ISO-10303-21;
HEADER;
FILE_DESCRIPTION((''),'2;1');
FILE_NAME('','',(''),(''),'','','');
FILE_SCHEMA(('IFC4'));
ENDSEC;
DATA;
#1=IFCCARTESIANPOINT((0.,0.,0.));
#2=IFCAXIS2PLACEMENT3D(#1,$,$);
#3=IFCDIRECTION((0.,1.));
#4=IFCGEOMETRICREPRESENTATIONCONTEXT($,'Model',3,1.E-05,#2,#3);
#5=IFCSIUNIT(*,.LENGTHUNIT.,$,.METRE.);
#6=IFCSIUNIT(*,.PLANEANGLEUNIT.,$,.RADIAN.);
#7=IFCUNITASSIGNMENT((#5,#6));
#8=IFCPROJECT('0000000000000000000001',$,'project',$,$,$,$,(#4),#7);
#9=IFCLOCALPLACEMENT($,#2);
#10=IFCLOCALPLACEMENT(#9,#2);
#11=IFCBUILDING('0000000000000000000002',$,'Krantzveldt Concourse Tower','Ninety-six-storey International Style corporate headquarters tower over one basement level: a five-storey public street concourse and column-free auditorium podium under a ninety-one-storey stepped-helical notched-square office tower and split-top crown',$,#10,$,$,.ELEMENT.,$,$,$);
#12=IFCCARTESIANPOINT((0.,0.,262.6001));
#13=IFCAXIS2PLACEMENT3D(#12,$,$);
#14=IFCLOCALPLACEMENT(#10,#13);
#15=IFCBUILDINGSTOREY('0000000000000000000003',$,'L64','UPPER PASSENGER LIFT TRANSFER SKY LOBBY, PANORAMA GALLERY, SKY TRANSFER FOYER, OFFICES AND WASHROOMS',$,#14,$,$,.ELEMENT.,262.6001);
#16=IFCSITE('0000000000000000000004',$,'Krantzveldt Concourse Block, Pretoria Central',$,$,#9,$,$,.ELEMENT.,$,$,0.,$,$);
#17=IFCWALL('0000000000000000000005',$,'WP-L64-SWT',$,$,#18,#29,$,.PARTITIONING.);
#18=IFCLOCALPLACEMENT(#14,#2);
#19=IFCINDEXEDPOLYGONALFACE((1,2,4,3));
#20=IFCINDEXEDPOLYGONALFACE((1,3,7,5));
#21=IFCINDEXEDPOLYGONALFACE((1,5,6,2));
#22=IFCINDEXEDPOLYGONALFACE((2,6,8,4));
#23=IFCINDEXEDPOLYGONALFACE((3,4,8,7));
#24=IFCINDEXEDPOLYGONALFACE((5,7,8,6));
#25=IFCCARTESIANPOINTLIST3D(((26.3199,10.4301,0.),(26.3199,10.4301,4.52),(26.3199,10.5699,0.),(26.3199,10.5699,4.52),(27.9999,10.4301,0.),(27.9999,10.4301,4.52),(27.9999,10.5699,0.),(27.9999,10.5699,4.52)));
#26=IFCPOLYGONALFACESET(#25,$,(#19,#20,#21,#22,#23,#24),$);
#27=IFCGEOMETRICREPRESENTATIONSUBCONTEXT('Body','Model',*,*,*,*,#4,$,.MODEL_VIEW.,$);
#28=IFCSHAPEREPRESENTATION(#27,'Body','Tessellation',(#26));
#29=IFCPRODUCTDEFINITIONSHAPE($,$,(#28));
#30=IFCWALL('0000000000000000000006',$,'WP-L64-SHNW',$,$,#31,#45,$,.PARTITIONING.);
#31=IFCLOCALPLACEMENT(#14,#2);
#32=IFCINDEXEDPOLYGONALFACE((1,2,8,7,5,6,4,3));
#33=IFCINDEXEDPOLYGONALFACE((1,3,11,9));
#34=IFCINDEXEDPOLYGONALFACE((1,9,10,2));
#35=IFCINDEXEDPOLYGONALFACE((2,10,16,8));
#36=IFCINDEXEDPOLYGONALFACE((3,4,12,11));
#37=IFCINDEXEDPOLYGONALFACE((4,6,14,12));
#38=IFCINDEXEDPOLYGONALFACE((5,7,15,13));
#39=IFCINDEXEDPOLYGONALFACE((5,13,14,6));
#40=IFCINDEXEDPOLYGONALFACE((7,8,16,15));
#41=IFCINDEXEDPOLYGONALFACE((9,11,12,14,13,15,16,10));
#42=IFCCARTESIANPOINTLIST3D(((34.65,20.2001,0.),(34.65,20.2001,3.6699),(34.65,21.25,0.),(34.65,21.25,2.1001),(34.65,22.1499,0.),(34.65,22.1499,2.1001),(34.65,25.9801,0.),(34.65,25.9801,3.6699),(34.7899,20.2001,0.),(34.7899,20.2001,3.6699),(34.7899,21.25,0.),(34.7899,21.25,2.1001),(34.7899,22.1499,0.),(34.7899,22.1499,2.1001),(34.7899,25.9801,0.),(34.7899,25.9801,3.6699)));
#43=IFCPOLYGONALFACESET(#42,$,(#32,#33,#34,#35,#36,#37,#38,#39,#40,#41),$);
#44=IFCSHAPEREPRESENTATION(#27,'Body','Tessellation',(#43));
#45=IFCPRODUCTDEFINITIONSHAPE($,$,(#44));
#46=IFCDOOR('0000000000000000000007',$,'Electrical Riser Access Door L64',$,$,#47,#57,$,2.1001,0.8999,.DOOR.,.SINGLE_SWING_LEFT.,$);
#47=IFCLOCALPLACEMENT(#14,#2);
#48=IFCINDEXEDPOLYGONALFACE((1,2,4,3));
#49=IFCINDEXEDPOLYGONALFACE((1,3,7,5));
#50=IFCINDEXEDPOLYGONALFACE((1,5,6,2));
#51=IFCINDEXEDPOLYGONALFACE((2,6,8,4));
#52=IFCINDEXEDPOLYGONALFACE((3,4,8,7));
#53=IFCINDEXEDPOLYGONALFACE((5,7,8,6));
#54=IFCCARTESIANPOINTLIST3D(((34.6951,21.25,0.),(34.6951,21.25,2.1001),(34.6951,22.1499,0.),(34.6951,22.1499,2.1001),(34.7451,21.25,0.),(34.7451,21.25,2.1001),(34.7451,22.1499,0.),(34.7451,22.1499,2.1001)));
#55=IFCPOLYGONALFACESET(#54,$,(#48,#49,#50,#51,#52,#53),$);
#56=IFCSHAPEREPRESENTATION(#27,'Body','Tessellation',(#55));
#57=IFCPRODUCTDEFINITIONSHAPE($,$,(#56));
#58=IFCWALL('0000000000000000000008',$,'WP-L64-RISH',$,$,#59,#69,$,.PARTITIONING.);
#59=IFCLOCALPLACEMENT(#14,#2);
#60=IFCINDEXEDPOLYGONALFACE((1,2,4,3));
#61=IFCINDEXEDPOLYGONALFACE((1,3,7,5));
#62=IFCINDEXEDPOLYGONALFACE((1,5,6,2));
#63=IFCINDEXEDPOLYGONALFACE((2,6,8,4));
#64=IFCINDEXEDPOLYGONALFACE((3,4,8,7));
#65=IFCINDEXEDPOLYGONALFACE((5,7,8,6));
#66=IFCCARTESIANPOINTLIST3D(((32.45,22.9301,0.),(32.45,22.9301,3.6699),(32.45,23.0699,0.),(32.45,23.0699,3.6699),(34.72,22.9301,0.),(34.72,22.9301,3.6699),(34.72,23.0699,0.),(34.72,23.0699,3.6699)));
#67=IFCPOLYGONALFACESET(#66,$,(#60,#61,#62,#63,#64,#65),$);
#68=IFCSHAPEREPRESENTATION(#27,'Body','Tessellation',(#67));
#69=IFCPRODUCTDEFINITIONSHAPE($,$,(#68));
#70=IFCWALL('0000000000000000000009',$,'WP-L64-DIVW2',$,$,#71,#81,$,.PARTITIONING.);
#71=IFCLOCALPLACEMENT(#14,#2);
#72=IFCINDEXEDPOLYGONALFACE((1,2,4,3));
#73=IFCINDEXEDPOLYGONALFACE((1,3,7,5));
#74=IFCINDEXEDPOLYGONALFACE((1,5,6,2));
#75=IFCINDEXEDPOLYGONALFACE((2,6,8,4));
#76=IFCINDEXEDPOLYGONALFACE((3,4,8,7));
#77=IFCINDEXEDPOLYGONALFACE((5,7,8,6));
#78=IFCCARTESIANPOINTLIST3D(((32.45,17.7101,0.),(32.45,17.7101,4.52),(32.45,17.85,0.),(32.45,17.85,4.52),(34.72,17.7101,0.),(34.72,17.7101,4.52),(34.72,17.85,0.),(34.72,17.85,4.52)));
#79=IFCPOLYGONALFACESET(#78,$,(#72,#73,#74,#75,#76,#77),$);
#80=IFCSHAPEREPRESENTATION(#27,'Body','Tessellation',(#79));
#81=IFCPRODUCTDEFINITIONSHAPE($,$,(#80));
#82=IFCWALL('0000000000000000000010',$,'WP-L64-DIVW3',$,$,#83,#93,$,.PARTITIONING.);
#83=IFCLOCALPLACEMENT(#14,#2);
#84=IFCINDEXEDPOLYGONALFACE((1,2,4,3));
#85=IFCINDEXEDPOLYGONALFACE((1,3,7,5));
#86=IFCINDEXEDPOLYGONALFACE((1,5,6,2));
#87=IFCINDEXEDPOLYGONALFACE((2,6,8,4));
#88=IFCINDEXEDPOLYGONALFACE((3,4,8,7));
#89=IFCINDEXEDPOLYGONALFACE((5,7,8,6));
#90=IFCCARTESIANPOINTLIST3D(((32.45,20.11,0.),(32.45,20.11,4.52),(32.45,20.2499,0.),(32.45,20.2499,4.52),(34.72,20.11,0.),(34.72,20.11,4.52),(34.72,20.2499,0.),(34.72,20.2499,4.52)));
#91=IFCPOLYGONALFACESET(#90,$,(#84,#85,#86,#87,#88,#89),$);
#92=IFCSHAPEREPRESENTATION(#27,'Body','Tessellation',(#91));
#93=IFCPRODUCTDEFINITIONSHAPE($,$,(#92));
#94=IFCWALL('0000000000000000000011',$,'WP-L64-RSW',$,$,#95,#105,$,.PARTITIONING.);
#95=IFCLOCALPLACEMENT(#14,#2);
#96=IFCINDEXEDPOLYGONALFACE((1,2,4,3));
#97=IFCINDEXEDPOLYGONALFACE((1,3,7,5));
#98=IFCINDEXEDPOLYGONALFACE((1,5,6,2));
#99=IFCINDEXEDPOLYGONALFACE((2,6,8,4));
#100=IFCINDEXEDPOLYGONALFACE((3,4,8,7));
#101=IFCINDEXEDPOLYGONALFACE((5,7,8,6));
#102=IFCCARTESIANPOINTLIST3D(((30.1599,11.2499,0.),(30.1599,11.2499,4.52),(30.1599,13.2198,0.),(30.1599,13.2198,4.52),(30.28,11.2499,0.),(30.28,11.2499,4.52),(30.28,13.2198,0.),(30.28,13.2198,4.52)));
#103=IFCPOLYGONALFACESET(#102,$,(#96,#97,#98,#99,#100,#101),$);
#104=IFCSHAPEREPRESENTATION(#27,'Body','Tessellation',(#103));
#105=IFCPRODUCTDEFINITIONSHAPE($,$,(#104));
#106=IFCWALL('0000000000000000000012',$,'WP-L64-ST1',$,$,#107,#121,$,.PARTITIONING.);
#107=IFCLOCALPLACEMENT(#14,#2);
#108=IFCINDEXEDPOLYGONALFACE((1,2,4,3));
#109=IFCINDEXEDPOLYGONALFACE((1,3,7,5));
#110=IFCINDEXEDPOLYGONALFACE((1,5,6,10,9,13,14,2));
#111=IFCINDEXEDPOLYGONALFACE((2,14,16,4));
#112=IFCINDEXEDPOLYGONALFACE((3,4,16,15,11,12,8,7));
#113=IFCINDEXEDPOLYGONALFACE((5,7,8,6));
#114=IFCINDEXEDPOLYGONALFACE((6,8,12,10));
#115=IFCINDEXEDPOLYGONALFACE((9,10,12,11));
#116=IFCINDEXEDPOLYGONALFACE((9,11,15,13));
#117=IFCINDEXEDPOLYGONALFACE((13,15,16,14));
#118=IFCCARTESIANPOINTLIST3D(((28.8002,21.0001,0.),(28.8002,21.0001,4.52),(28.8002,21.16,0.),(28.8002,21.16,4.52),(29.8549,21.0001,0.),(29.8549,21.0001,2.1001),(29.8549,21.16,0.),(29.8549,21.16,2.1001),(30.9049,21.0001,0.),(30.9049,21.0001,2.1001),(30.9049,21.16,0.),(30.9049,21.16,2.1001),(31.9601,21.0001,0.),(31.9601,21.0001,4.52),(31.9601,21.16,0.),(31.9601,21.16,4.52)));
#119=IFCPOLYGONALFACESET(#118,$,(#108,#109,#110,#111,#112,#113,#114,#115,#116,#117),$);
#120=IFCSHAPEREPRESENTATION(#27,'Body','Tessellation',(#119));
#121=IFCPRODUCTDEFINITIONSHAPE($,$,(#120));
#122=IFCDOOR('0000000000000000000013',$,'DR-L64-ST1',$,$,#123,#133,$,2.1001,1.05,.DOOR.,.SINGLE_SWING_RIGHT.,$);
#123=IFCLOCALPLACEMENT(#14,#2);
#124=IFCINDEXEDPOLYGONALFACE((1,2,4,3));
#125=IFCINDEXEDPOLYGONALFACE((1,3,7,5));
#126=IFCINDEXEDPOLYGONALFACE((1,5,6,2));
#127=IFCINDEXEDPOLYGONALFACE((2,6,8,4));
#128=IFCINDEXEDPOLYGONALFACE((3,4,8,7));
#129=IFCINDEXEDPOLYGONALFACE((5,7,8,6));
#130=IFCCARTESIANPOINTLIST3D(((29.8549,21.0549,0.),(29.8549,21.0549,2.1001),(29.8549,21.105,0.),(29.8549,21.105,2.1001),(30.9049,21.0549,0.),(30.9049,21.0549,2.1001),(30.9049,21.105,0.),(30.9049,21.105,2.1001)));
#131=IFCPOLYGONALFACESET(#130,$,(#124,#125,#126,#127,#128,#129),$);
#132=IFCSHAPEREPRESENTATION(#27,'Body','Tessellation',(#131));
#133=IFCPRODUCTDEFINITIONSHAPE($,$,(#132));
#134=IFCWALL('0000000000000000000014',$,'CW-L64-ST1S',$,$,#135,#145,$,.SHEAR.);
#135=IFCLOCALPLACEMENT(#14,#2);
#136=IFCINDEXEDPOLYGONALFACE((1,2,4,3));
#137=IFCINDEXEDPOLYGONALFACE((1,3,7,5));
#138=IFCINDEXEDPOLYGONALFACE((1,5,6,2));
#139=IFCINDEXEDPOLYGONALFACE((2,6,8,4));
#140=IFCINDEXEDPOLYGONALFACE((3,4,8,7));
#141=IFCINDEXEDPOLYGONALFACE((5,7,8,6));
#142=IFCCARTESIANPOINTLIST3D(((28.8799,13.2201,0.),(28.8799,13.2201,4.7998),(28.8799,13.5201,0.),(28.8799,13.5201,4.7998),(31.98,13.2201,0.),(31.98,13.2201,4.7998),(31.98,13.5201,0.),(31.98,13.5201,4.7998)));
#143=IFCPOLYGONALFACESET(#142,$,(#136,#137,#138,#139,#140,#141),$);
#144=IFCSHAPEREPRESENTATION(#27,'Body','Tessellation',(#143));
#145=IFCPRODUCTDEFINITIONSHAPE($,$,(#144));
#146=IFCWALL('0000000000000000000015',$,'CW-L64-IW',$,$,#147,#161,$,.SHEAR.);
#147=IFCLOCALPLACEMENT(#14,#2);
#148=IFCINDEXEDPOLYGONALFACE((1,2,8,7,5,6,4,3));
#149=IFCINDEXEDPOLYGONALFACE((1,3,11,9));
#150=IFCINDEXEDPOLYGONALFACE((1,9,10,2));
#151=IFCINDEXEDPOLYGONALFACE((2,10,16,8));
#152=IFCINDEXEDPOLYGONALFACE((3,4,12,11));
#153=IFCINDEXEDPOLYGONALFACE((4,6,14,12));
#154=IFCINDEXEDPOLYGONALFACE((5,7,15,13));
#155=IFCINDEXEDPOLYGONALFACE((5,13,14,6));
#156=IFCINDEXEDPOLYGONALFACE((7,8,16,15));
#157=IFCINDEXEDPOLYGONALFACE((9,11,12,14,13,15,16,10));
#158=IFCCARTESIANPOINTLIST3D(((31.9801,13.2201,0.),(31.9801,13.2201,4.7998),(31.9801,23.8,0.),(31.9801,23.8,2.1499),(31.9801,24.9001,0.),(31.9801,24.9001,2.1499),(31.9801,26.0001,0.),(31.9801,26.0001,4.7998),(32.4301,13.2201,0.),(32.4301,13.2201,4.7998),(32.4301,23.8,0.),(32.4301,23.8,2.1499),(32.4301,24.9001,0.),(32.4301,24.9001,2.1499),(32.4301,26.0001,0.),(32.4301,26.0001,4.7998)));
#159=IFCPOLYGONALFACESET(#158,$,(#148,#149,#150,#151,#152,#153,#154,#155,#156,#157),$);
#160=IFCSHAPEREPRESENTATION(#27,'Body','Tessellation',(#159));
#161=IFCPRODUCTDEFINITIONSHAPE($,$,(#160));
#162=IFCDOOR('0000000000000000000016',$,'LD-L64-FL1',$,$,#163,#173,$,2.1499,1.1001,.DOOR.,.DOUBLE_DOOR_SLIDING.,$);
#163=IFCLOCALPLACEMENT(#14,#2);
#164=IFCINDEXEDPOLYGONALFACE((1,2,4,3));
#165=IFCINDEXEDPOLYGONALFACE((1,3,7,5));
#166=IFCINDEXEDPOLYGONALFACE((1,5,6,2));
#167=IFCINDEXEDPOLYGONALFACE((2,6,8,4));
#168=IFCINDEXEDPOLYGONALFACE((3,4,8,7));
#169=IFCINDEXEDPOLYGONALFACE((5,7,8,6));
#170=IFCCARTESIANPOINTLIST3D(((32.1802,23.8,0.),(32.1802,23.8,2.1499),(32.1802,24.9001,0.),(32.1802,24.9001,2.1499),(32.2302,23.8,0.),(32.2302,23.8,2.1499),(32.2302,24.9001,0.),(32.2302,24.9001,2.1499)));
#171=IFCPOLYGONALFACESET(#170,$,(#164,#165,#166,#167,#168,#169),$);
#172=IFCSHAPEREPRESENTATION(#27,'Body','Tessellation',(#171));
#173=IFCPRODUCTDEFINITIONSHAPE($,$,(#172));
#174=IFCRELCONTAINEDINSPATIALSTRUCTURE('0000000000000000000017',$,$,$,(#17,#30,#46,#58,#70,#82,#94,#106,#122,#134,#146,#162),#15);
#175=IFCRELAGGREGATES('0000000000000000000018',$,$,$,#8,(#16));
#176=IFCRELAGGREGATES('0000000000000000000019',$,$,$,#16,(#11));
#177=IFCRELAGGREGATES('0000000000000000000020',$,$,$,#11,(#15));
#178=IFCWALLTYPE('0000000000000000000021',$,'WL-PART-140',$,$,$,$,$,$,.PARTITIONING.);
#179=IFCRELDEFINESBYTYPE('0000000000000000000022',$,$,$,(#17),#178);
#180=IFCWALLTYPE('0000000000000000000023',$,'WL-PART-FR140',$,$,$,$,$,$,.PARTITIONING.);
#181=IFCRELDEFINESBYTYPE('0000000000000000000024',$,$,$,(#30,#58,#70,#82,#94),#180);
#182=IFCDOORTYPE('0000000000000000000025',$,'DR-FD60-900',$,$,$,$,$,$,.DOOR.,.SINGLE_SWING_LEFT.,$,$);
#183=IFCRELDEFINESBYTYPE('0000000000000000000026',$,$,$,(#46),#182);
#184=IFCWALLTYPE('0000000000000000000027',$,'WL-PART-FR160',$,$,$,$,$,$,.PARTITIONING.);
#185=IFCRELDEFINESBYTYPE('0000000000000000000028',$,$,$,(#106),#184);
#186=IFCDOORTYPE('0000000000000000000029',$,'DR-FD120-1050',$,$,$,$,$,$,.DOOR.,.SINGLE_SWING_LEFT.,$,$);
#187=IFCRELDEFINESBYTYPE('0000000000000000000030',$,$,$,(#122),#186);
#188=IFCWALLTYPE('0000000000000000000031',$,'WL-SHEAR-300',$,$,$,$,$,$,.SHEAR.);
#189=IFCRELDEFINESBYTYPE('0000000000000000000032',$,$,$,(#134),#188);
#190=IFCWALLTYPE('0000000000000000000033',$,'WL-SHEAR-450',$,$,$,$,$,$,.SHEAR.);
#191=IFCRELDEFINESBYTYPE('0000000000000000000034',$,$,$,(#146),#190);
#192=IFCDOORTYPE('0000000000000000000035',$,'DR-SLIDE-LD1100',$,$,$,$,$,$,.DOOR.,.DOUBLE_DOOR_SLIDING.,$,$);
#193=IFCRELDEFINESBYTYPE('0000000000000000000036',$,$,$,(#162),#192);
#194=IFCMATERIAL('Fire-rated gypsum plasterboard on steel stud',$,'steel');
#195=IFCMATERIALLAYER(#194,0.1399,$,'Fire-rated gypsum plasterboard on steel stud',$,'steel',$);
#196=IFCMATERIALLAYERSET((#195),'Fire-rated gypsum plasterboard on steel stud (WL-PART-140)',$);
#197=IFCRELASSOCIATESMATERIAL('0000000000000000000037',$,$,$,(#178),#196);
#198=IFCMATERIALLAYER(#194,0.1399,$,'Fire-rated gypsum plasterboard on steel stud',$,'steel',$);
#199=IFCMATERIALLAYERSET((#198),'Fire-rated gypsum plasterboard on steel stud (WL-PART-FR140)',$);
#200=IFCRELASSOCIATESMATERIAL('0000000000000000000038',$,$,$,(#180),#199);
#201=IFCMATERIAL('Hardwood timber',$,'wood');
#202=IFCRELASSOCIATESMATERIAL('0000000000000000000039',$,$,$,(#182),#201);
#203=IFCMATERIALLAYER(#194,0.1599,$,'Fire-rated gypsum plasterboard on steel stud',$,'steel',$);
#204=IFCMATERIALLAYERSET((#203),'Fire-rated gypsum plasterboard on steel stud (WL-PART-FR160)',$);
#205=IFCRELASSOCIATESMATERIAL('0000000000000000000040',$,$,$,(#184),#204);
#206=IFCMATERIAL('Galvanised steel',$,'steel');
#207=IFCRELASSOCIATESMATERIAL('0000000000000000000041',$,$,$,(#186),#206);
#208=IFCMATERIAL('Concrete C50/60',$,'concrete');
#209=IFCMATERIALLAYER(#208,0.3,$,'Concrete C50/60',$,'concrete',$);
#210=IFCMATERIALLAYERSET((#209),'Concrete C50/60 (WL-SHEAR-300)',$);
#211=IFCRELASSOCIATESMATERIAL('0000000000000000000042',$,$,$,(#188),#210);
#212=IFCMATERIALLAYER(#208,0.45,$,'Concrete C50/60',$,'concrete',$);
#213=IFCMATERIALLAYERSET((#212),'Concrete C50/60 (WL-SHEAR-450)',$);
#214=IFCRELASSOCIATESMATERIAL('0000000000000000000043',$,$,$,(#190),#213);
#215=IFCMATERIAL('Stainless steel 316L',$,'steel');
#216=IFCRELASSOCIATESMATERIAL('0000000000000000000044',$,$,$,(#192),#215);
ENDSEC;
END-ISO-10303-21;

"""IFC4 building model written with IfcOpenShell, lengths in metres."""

from ifc_helpers import new_model, si_unit, direction, frame, frame_2d, origin, place, context, subcontext, project, spatial, rectangle, extrude, material, layer, layer_set, type_object, element, fill, save


model = new_model("IFC4")

# Units and contexts
model_context = context("Model", 3, precision=1e-05, world=origin(), true_north=direction((0.0, 1.0)))
body_context = subcontext(model_context, "Body", "Model", "MODEL_VIEW")
ifc_project = project(units=[si_unit("LENGTHUNIT", "METRE"), si_unit("PLANEANGLEUNIT", "RADIAN")], contexts=[model_context])

# Site, building, storey
site_placement = place(None, origin())
site = spatial("IfcSite", under=ifc_project, at=site_placement, Name="Krantzveldt Concourse Block, Pretoria Central", CompositionType="ELEMENT", RefElevation=0.0)
building_placement = place(site_placement, origin())
building = spatial("IfcBuilding", under=site, at=building_placement, Name="Krantzveldt Concourse Tower", Description="Ninety-six-storey International Style corporate headquarters tower over one basement level: a five-storey public street concourse and column-free auditorium podium under a ninety-one-storey stepped-helical notched-square office tower and split-top crown", CompositionType="ELEMENT")
storey_placement = place(building_placement, frame((0.0, 0.0, 262.6001)))
storey = spatial("IfcBuildingStorey", under=building, at=storey_placement, Name="L64", Description="UPPER PASSENGER LIFT TRANSFER SKY LOBBY, PANORAMA GALLERY, SKY TRANSFER FOYER, OFFICES AND WASHROOMS", CompositionType="ELEMENT", Elevation=262.6001)

# Shared definitions
ifc_material_1 = material(Name="Concrete C50/60", Category="concrete")

# Shared definitions
ifc_material_2 = material(Name="Fire-rated gypsum plasterboard on steel stud", Category="steel")
ifc_material_3 = material(Name="Hardwood timber", Category="wood")
ifc_layer_1 = layer(ifc_material_2, 0.1399, Name="Fire-rated gypsum plasterboard on steel stud", Category="steel")
ifc_layer_set_1 = layer_set([ifc_layer_1], Name="Fire-rated gypsum plasterboard on steel stud (WL-PART-140)")
wall_type_1 = type_object("IfcWallType", Name="WL-PART-140", PredefinedType="PARTITIONING", material=ifc_layer_set_1)

# Wall
wall_1_placement = place(storey_placement, frame((26.3201, 10.5, 0.0), z_axis=(0.0, 0.0, 1.0), x_axis=(1.0, 0.0, 0.0)))
element("IfcWall", 1, at=wall_1_placement, inside=storey, type_object=wall_type_1, Name="WP-L64-SWT", PredefinedType="PARTITIONING", context=body_context, shape_type="SweptSolid", body=[
    extrude(rectangle(XDim=1.6799, YDim=0.1399, at=frame_2d((0.8398, 0.0))), origin(), (0.0, 0.0, 1.0), 4.52),
])

# Wall, opening, door
ifc_layer_2 = layer(ifc_material_2, 0.1399, Name="Fire-rated gypsum plasterboard on steel stud", Category="steel")
ifc_layer_set_2 = layer_set([ifc_layer_2], Name="Fire-rated gypsum plasterboard on steel stud (WL-PART-FR140)")
wall_type_2 = type_object("IfcWallType", Name="WL-PART-FR140", PredefinedType="PARTITIONING", material=ifc_layer_set_2)
wall_2_placement = place(storey_placement, frame((34.72, 20.2, 0.0), z_axis=(0.0, 0.0, 1.0), x_axis=(0.0, 1.0, 0.0)))
wall_2 = element("IfcWall", 2, at=wall_2_placement, inside=storey, type_object=wall_type_2, Name="WP-L64-SHNW", PredefinedType="PARTITIONING", context=body_context, shape_type="SweptSolid", body=[
    extrude(rectangle(XDim=5.78, YDim=0.1399, at=frame_2d((2.8901, 0.0))), origin(), (0.0, 0.0, 1.0), 3.6699),
])
opening_1_placement = place(wall_2_placement, frame((1.05, 0.0, 0.0)))
opening_1 = element("IfcOpeningElement", 3, at=opening_1_placement, cuts=wall_2, PredefinedType="OPENING", context=body_context, shape_type="SweptSolid", body=[
    extrude(rectangle(XDim=0.8999, YDim=2.1001, at=frame_2d((0.45, 1.05))), frame((0.0, 0.0801, 0.0), z_axis=(0.0, -1.0, 0.0), x_axis=(1.0, 0.0, 0.0)), (0.0, 0.0, 1.0), 0.1599),
])
door_type_1 = type_object("IfcDoorType", Name="DR-FD60-900", OperationType="SINGLE_SWING_LEFT", PredefinedType="DOOR", material=ifc_material_3)
door_1_placement = place(opening_1_placement, origin())
door_1 = element("IfcDoor", 4, at=door_1_placement, inside=storey, type_object=door_type_1, Name="Electrical Riser Access Door L64", OperationType="SINGLE_SWING_LEFT", OverallHeight=2.1001, OverallWidth=0.8999, PredefinedType="DOOR", context=body_context, shape_type="SweptSolid", body=[
    extrude(rectangle(XDim=0.8999, YDim=2.1001, at=frame_2d((0.45, 1.05))), frame((0.0, 0.0249, 0.0), z_axis=(0.0, -1.0, 0.0), x_axis=(1.0, 0.0, 0.0)), (0.0, 0.0, 1.0), 0.05),
])
fill(opening_1, door_1)

# Walls
wall_3_placement = place(storey_placement, frame((32.45, 23.0, 0.0), z_axis=(0.0, 0.0, 1.0), x_axis=(1.0, 0.0, 0.0)))
element("IfcWall", 5, at=wall_3_placement, inside=storey, type_object=wall_type_2, Name="WP-L64-RISH", PredefinedType="PARTITIONING", context=body_context, shape_type="SweptSolid", body=[
    extrude(rectangle(XDim=2.27, YDim=0.1399, at=frame_2d((1.135, 0.0))), origin(), (0.0, 0.0, 1.0), 3.6699),
])
for number, where, z_axis, x_axis, name in (
    (6, (32.45, 17.78, 0.0), (0.0, 0.0, 1.0), (1.0, 0.0, 0.0), "WP-L64-DIVW2"),
    (7, (32.45, 20.1799, 0.0), (0.0, 0.0, 1.0), (1.0, 0.0, 0.0), "WP-L64-DIVW3"),
):
    element("IfcWall", number, at=place(storey_placement, frame(where, z_axis=z_axis, x_axis=x_axis)), inside=storey, type_object=wall_type_2, Name=name, PredefinedType="PARTITIONING", context=body_context, shape_type="SweptSolid", body=[
        extrude(rectangle(XDim=2.27, YDim=0.1399, at=frame_2d((1.135, 0.0))), origin(), (0.0, 0.0, 1.0), 4.52),
    ])
wall_4_placement = place(storey_placement, frame((30.22, 11.25, 0.0), z_axis=(0.0, 0.0, 1.0), x_axis=(0.0, 1.0, 0.0)))
element("IfcWall", 8, at=wall_4_placement, inside=storey, type_object=wall_type_2, Name="WP-L64-RSW", PredefinedType="PARTITIONING", context=body_context, shape_type="SweptSolid", body=[
    extrude(rectangle(XDim=1.97, YDim=0.1201, at=frame_2d((0.9849, 0.0))), origin(), (0.0, 0.0, 1.0), 4.52),
])

# Wall, opening, door
ifc_layer_3 = layer(ifc_material_2, 0.1599, Name="Fire-rated gypsum plasterboard on steel stud", Category="steel")
ifc_layer_set_3 = layer_set([ifc_layer_3], Name="Fire-rated gypsum plasterboard on steel stud (WL-PART-FR160)")
wall_type_3 = type_object("IfcWallType", Name="WL-PART-FR160", PredefinedType="PARTITIONING", material=ifc_layer_set_3)
wall_5_placement = place(storey_placement, frame((28.8, 21.0801, 0.0), z_axis=(0.0, 0.0, 1.0), x_axis=(1.0, 0.0, 0.0)))
wall_5 = element("IfcWall", 9, at=wall_5_placement, inside=storey, type_object=wall_type_3, Name="WP-L64-ST1", PredefinedType="PARTITIONING", context=body_context, shape_type="SweptSolid", body=[
    extrude(rectangle(XDim=3.1599, YDim=0.1599, at=frame_2d((1.5801, 0.0))), origin(), (0.0, 0.0, 1.0), 4.52),
])
opening_2_placement = place(wall_5_placement, frame((1.0549, 0.0, 0.0)))
opening_2 = element("IfcOpeningElement", 10, at=opening_2_placement, cuts=wall_5, PredefinedType="OPENING", context=body_context, shape_type="SweptSolid", body=[
    extrude(rectangle(XDim=1.05, YDim=2.1001, at=frame_2d((0.5249, 1.05))), frame((0.0, 0.0898, 0.0), z_axis=(0.0, -1.0, 0.0), x_axis=(1.0, 0.0, 0.0)), (0.0, 0.0, 1.0), 0.1799),
])
ifc_material_4 = material(Name="Galvanised steel", Category="steel")
door_type_2 = type_object("IfcDoorType", Name="DR-FD120-1050", OperationType="SINGLE_SWING_LEFT", PredefinedType="DOOR", material=ifc_material_4)
door_2_placement = place(opening_2_placement, origin())
door_2 = element("IfcDoor", 11, at=door_2_placement, inside=storey, type_object=door_type_2, Name="DR-L64-ST1", OperationType="SINGLE_SWING_RIGHT", OverallHeight=2.1001, OverallWidth=1.05, PredefinedType="DOOR", context=body_context, shape_type="SweptSolid", body=[
    extrude(rectangle(XDim=1.05, YDim=2.1001, at=frame_2d((0.5249, 1.05))), frame((0.0, 0.0249, 0.0), z_axis=(0.0, -1.0, 0.0), x_axis=(1.0, 0.0, 0.0)), (0.0, 0.0, 1.0), 0.05),
])
fill(opening_2, door_2)

# Wall
ifc_layer_4 = layer(ifc_material_1, 0.3, Name="Concrete C50/60", Category="concrete")
ifc_layer_set_4 = layer_set([ifc_layer_4], Name="Concrete C50/60 (WL-SHEAR-300)")
wall_type_4 = type_object("IfcWallType", Name="WL-SHEAR-300", PredefinedType="SHEAR", material=ifc_layer_set_4)
wall_6_placement = place(storey_placement, frame((28.8799, 13.3701, 0.0), z_axis=(0.0, 0.0, 1.0), x_axis=(1.0, 0.0, 0.0)))
element("IfcWall", 12, at=wall_6_placement, inside=storey, type_object=wall_type_4, Name="CW-L64-ST1S", PredefinedType="SHEAR", context=body_context, shape_type="SweptSolid", body=[
    extrude(rectangle(XDim=3.1001, YDim=0.3, at=frame_2d((1.55, 0.0))), origin(), (0.0, 0.0, 1.0), 4.7998),
])

# Wall, opening, door
ifc_layer_5 = layer(ifc_material_1, 0.45, Name="Concrete C50/60", Category="concrete")
ifc_layer_set_5 = layer_set([ifc_layer_5], Name="Concrete C50/60 (WL-SHEAR-450)")
wall_type_5 = type_object("IfcWallType", Name="WL-SHEAR-450", PredefinedType="SHEAR", material=ifc_layer_set_5)
wall_7_placement = place(storey_placement, frame((32.2051, 13.22, 0.0), z_axis=(0.0, 0.0, 1.0), x_axis=(0.0, 1.0, 0.0)))
wall_7 = element("IfcWall", 13, at=wall_7_placement, inside=storey, type_object=wall_type_5, Name="CW-L64-IW", PredefinedType="SHEAR", context=body_context, shape_type="SweptSolid", body=[
    extrude(rectangle(XDim=12.78, YDim=0.45, at=frame_2d((6.3901, 0.0))), origin(), (0.0, 0.0, 1.0), 4.7998),
])
opening_3_placement = place(wall_7_placement, frame((10.5801, 0.0, 0.0)))
opening_3 = element("IfcOpeningElement", 14, at=opening_3_placement, cuts=wall_7, PredefinedType="OPENING", context=body_context, shape_type="SweptSolid", body=[
    extrude(rectangle(XDim=1.1001, YDim=2.1499, at=frame_2d((0.55, 1.075))), frame((0.0, 0.2349, 0.0), z_axis=(0.0, -1.0, 0.0), x_axis=(1.0, 0.0, 0.0)), (0.0, 0.0, 1.0), 0.47),
])
ifc_material_5 = material(Name="Stainless steel 316L", Category="steel")
door_type_3 = type_object("IfcDoorType", Name="DR-SLIDE-LD1100", OperationType="DOUBLE_DOOR_SLIDING", PredefinedType="DOOR", material=ifc_material_5)
door_3_placement = place(opening_3_placement, origin())
door_3 = element("IfcDoor", 15, at=door_3_placement, inside=storey, type_object=door_type_3, Name="LD-L64-FL1", OperationType="DOUBLE_DOOR_SLIDING", OverallHeight=2.1499, OverallWidth=1.1001, PredefinedType="DOOR", context=body_context, shape_type="SweptSolid", body=[
    extrude(rectangle(XDim=1.1001, YDim=2.1499, at=frame_2d((0.55, 1.075))), frame((0.0, 0.0249, 0.0), z_axis=(0.0, -1.0, 0.0), x_axis=(1.0, 0.0, 0.0)), (0.0, 0.0, 1.0), 0.05),
])
fill(opening_3, door_3)

save(model, "model.ifc")
